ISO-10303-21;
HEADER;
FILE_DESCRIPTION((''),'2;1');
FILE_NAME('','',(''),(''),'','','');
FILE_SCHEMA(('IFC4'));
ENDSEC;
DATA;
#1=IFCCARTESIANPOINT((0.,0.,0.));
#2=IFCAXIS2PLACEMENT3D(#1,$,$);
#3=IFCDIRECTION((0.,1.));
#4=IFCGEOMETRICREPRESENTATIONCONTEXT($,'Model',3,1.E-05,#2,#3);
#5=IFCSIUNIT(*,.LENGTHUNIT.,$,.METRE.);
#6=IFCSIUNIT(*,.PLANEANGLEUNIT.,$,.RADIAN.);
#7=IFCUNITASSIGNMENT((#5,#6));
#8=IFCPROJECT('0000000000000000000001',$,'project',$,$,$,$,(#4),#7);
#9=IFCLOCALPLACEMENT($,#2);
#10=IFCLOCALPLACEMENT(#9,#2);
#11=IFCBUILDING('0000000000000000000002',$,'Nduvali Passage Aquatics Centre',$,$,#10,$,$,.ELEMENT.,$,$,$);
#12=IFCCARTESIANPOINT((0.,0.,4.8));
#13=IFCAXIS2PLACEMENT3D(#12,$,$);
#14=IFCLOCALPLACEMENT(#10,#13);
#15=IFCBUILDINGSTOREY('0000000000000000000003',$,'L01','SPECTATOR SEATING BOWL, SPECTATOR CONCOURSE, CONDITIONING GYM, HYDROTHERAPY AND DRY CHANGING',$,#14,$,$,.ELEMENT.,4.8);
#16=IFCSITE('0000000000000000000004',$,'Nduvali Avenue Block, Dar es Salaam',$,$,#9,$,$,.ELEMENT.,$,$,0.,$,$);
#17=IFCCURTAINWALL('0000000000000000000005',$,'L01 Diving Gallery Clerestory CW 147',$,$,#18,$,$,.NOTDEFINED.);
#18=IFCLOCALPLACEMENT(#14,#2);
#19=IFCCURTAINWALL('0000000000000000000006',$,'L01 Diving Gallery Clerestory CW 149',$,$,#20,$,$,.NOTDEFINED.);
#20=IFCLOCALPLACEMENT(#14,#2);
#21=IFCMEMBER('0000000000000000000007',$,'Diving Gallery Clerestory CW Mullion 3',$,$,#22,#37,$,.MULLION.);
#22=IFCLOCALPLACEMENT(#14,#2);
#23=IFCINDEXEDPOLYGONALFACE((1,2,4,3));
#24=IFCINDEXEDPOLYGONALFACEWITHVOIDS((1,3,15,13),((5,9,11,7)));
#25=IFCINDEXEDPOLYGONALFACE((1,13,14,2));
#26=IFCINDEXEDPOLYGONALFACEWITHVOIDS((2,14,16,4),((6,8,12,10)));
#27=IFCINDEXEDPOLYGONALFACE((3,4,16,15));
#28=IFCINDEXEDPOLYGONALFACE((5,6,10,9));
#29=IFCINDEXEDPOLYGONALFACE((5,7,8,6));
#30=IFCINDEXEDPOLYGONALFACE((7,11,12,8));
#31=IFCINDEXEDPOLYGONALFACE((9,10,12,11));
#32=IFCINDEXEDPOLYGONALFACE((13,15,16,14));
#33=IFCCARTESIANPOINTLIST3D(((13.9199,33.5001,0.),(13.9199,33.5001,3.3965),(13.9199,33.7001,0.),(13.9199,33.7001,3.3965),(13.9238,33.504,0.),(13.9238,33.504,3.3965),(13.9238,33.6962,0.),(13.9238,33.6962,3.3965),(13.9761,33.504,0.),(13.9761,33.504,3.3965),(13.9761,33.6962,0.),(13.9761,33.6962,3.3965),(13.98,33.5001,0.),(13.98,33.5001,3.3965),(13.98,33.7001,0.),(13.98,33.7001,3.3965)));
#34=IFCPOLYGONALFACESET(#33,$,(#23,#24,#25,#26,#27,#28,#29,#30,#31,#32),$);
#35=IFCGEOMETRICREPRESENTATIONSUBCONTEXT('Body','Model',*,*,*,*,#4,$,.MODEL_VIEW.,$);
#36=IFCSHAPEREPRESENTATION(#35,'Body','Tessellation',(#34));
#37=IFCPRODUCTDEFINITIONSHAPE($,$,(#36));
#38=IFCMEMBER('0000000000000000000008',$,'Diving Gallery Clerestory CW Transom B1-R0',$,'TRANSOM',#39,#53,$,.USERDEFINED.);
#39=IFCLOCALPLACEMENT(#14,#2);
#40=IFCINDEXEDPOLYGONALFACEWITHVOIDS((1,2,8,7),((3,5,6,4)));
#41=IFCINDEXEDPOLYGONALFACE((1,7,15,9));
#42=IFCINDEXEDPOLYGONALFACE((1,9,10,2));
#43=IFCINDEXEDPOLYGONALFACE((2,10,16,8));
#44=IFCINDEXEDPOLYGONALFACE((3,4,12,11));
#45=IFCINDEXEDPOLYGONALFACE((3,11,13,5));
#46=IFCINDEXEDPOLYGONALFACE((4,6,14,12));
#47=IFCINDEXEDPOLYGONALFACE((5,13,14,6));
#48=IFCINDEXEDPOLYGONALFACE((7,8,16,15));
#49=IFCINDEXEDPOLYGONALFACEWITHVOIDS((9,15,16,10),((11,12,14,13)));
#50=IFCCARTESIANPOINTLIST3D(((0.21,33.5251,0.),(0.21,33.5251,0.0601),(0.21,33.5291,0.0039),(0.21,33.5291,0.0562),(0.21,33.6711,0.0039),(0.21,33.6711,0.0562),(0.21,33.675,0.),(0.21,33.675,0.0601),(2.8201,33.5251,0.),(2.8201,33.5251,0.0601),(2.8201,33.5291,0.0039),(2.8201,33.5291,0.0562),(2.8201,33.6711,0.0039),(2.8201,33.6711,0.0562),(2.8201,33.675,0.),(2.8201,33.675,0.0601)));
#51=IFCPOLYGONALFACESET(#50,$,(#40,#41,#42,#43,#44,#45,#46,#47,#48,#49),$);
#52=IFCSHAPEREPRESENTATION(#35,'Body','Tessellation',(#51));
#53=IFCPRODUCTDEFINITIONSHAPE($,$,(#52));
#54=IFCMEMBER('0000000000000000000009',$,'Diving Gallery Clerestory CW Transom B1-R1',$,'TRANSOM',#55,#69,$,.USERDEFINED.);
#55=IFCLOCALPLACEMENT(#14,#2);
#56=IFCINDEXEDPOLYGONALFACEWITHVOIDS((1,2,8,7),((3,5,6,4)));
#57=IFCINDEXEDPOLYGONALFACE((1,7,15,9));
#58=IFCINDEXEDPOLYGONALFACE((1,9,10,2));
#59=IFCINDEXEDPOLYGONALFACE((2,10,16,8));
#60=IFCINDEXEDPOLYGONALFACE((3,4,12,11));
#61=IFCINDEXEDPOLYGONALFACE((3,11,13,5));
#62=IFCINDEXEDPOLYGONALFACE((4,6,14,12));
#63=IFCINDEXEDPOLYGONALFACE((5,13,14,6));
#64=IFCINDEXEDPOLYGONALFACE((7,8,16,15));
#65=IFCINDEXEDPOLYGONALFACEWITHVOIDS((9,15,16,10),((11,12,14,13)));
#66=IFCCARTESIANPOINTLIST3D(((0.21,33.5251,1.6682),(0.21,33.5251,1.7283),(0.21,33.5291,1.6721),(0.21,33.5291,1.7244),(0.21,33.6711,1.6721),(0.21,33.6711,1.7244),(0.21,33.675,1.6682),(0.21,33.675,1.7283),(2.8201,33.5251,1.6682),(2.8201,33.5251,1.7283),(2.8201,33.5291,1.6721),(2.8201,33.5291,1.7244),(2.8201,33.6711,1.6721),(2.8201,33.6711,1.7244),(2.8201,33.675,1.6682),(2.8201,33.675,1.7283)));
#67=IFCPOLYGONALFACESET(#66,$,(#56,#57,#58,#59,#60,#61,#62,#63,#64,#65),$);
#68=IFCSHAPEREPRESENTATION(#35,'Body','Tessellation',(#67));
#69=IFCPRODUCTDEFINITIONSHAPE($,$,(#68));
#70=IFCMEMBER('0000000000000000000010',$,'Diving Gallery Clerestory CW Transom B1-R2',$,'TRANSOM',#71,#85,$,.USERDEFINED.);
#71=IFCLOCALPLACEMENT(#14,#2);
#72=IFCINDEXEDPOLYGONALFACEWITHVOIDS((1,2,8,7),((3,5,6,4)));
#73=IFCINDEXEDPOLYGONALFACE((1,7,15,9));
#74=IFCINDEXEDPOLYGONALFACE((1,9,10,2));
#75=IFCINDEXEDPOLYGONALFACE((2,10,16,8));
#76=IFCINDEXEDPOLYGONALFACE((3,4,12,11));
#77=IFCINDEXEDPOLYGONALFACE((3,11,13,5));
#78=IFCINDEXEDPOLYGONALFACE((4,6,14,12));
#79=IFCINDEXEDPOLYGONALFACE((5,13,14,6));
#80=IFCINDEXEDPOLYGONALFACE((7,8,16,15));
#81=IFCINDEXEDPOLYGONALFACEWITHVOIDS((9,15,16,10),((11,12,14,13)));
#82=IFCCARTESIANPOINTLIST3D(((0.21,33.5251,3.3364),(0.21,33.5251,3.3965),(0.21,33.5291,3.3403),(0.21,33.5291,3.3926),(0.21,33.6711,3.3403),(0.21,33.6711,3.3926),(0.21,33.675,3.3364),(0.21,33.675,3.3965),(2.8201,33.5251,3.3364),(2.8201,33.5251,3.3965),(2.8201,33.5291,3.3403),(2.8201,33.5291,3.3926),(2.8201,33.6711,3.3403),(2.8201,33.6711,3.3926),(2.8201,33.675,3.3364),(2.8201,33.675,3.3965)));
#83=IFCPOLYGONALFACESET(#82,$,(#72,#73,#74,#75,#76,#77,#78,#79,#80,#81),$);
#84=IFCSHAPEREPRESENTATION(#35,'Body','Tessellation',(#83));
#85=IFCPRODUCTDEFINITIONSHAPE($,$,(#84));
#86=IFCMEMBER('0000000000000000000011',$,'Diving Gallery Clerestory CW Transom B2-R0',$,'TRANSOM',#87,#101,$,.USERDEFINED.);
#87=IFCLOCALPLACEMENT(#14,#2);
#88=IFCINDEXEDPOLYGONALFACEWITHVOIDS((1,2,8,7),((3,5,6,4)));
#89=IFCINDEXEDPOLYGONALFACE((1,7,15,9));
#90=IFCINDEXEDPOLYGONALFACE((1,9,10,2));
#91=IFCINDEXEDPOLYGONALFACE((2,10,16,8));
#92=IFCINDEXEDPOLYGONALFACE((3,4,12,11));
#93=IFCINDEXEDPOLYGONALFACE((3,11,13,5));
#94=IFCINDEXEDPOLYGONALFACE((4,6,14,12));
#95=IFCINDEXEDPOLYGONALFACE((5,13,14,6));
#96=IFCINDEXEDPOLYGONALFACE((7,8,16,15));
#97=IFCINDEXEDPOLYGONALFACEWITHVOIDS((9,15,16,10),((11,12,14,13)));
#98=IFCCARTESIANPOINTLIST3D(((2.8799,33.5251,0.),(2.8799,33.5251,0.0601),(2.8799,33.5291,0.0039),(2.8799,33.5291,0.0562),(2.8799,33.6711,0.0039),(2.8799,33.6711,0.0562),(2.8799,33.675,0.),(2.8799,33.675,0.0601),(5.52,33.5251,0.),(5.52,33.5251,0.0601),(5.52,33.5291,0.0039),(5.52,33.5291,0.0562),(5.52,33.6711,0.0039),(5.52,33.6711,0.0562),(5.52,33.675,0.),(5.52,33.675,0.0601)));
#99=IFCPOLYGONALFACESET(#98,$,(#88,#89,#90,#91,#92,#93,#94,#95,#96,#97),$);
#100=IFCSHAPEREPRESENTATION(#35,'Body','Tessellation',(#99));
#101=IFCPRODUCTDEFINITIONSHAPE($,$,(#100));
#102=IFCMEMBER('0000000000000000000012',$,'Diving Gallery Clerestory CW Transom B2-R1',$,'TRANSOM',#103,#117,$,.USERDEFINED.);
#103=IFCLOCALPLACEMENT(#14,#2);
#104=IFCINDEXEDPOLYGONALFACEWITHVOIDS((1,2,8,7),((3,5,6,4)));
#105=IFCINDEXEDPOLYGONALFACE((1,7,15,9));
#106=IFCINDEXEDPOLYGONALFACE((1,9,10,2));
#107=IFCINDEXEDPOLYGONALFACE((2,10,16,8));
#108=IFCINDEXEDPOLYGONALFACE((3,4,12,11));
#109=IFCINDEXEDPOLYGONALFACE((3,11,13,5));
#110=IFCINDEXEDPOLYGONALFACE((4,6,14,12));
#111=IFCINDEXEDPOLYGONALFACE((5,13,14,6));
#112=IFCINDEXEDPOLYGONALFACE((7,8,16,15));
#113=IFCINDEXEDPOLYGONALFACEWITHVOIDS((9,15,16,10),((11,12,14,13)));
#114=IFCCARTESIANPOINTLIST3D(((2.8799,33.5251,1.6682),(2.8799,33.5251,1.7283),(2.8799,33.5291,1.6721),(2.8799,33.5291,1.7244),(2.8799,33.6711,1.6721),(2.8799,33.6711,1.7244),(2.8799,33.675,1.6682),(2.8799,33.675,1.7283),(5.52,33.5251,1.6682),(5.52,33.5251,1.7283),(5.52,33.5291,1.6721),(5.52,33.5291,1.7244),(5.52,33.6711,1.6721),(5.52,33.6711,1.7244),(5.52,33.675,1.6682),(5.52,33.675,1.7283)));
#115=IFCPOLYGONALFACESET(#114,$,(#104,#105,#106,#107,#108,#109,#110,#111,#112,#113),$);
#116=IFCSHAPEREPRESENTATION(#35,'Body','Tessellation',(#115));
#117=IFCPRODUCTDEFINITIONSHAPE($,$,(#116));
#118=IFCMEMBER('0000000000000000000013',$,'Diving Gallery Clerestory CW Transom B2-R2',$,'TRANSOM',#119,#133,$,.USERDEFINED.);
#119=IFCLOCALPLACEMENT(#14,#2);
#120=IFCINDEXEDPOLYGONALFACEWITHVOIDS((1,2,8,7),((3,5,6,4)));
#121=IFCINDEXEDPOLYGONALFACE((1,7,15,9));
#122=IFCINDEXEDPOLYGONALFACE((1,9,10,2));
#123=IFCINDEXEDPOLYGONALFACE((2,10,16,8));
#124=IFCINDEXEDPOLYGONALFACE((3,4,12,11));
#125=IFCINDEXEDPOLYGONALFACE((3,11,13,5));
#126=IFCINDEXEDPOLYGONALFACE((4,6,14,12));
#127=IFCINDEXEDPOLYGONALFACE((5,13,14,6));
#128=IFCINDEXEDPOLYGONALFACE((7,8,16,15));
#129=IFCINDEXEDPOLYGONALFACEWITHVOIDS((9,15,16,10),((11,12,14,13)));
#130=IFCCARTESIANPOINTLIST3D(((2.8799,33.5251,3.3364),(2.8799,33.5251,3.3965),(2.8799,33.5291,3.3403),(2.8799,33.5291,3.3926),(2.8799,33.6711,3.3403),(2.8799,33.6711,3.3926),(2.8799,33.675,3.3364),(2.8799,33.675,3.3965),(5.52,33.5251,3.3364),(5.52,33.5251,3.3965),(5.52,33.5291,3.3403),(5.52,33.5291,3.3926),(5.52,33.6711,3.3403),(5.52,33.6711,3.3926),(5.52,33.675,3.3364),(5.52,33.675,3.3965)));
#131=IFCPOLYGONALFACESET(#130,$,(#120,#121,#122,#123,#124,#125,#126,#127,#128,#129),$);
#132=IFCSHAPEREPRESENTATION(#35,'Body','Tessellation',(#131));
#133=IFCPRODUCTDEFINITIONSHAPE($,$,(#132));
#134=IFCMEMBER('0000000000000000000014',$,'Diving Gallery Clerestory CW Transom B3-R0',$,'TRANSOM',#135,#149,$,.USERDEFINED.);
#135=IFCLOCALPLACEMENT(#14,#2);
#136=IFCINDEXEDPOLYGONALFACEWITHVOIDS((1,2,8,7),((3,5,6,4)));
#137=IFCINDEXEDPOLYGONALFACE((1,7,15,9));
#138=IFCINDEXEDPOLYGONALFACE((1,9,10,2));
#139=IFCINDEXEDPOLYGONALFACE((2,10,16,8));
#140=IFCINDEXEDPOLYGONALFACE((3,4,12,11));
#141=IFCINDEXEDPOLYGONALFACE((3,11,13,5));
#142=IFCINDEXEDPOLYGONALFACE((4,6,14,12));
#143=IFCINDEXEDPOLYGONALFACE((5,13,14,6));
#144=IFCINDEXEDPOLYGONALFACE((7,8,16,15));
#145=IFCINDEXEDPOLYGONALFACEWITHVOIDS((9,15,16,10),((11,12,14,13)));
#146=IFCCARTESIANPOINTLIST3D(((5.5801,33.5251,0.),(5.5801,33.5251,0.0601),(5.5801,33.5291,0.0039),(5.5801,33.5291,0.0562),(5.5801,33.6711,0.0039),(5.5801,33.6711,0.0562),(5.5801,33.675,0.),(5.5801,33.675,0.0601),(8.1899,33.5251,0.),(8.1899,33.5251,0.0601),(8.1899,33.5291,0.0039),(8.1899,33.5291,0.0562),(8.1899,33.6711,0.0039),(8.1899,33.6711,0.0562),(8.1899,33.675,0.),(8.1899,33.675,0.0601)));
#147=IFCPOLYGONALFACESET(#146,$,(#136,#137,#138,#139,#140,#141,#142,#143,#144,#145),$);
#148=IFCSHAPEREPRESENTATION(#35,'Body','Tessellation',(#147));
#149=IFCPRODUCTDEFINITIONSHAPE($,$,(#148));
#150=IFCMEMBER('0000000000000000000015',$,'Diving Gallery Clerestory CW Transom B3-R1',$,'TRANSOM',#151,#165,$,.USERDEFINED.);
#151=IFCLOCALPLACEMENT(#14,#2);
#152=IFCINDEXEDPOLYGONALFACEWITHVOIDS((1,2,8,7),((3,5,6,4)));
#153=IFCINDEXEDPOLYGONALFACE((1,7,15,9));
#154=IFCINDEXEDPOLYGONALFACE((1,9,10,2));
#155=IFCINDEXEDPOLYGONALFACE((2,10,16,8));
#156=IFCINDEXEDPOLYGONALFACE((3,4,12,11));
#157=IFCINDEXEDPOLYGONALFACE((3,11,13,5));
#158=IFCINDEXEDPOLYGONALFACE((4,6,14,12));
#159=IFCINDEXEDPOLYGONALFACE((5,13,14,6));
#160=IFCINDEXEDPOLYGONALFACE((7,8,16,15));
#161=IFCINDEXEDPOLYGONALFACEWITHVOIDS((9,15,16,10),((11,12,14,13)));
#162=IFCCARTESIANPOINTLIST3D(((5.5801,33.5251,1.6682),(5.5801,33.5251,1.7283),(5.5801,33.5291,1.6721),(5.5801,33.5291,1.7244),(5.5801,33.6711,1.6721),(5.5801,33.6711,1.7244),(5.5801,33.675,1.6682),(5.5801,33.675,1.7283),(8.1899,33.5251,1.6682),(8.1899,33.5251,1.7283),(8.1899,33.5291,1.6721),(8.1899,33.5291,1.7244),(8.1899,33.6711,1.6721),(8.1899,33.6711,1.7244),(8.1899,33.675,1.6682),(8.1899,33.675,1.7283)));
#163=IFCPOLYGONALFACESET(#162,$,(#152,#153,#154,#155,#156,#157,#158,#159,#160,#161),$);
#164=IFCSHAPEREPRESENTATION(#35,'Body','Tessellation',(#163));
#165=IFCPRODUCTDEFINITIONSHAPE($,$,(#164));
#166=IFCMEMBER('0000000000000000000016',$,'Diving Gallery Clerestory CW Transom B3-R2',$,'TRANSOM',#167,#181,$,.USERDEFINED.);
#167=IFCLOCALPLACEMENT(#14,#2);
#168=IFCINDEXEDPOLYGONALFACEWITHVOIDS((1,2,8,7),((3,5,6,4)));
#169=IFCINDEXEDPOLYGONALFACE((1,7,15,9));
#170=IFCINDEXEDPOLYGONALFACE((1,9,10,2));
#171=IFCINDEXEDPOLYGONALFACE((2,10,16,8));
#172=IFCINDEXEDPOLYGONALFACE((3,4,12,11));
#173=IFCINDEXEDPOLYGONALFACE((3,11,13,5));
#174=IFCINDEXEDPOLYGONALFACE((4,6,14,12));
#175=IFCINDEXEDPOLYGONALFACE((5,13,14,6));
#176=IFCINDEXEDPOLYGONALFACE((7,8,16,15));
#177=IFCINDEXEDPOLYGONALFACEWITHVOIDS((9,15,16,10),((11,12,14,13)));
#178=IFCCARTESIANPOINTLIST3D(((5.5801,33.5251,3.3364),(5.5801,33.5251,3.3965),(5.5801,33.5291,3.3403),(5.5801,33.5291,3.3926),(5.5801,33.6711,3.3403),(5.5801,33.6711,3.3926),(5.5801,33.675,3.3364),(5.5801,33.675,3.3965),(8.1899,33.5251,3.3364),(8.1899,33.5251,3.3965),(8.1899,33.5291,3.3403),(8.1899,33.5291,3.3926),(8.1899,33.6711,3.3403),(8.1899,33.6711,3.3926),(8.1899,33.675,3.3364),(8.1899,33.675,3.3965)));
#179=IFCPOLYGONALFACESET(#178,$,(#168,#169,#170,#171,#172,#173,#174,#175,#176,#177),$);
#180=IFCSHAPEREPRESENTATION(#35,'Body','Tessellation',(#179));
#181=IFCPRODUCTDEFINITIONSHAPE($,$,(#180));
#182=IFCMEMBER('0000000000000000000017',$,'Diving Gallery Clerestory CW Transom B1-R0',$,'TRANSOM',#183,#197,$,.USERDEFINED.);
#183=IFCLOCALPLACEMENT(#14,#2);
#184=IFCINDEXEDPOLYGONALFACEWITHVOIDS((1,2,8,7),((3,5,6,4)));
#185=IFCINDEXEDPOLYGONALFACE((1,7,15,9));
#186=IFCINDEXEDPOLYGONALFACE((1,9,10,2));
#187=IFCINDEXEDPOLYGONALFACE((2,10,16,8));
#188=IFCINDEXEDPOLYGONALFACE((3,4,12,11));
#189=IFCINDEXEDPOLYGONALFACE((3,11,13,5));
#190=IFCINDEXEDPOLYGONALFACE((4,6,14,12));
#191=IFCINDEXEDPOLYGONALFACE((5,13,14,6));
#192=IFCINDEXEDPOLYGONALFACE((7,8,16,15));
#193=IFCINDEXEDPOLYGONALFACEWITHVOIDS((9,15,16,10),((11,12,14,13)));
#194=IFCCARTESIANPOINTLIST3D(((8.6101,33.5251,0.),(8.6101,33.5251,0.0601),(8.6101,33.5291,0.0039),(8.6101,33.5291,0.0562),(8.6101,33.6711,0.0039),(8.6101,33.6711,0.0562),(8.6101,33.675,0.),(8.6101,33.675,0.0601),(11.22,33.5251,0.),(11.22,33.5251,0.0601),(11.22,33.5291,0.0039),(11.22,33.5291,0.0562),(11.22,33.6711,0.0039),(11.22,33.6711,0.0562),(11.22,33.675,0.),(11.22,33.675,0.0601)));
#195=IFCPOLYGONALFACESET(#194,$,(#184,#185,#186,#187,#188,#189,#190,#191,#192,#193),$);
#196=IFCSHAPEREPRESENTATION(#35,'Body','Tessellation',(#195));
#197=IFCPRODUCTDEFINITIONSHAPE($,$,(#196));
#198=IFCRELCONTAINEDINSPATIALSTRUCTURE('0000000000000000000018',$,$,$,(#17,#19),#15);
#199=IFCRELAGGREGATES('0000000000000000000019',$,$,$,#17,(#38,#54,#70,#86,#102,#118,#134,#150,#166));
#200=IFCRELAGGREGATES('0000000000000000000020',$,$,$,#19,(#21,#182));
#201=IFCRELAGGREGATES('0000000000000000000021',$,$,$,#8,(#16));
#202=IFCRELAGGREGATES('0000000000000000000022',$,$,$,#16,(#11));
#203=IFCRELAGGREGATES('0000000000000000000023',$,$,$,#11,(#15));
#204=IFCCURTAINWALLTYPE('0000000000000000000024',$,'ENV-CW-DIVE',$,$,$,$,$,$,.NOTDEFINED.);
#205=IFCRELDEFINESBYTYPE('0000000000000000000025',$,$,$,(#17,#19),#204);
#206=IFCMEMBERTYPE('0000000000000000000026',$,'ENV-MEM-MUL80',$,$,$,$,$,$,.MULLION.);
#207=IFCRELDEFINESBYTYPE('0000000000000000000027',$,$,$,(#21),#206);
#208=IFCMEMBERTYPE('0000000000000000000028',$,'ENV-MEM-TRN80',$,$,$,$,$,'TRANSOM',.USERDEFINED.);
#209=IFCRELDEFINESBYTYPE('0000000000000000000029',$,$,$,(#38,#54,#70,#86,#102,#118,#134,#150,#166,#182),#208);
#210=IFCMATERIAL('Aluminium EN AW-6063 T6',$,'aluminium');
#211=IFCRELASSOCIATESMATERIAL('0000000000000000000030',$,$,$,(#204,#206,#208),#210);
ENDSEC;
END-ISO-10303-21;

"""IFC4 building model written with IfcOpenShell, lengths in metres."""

from ifc_helpers import new_model, si_unit, direction, frame, origin, origin_2d, place, context, subcontext, project, spatial, hollow_rectangle, extrude, material, material_profile, profile_set, type_object, element, aggregate, save


model = new_model("IFC4")

# Units and contexts
model_context = context("Model", 3, precision=1e-05, world=origin(), true_north=direction((0.0, 1.0)))
body_context = subcontext(model_context, "Body", "Model", "MODEL_VIEW")
ifc_project = project(units=[si_unit("LENGTHUNIT", "METRE"), si_unit("PLANEANGLEUNIT", "RADIAN")], contexts=[model_context])

# Site, building, storey
site_placement = place(None, origin())
site = spatial("IfcSite", under=ifc_project, at=site_placement, Name="Nduvali Avenue Block, Dar es Salaam", CompositionType="ELEMENT", RefElevation=0.0)
building_placement = place(site_placement, origin())
building = spatial("IfcBuilding", under=site, at=building_placement, Name="Nduvali Passage Aquatics Centre", CompositionType="ELEMENT")
storey_placement = place(building_placement, frame((0.0, 0.0, 4.8)))
storey = spatial("IfcBuildingStorey", under=building, at=storey_placement, Name="L01", Description="SPECTATOR SEATING BOWL, SPECTATOR CONCOURSE, CONDITIONING GYM, HYDROTHERAPY AND DRY CHANGING", CompositionType="ELEMENT", Elevation=4.8)

# Curtain walls, member
ifc_material_1 = material(Name="Aluminium EN AW-6063 T6", Category="aluminium")
curtain_wall_type = type_object("IfcCurtainWallType", Name="ENV-CW-DIVE", PredefinedType="NOTDEFINED", material=ifc_material_1)
curtain_wall_1_placement = place(storey_placement, origin())
curtain_wall_1 = element("IfcCurtainWall", 1, at=curtain_wall_1_placement, inside=storey, type_object=curtain_wall_type, Name="L01 Diving Gallery Clerestory CW 147", PredefinedType="NOTDEFINED")
ifc_material_profile_1 = material_profile(ifc_material_1, hollow_rectangle(XDim=0.0601, YDim=0.2, WallThickness=0.0039, at=origin_2d()), Name="ALU MULLION 60x200x4")
ifc_profile_set_1 = profile_set([ifc_material_profile_1], Name="Aluminium EN AW-6063 T6")
member_type_1 = type_object("IfcMemberType", Name="ENV-MEM-MUL80", PredefinedType="MULLION", material=ifc_profile_set_1)
curtain_wall_2_placement = place(storey_placement, origin())
curtain_wall_2 = element("IfcCurtainWall", 2, at=curtain_wall_2_placement, inside=storey, type_object=curtain_wall_type, Name="L01 Diving Gallery Clerestory CW 149", PredefinedType="NOTDEFINED")
member_1_placement = place(storey_placement, frame((13.95, 33.6001, 0.0), z_axis=(0.0, 0.0, 1.0), x_axis=(1.0, 0.0, 0.0)))
member_1 = element("IfcMember", 3, at=member_1_placement, type_object=member_type_1, Name="Diving Gallery Clerestory CW Mullion 3", PredefinedType="MULLION", context=body_context, shape_type="SweptSolid", body=[
    extrude(hollow_rectangle(XDim=0.0601, YDim=0.2, WallThickness=0.0039, at=origin_2d()), origin(), (0.0, 0.0, 1.0), 3.3965),
])

# Members
ifc_material_profile_2 = material_profile(ifc_material_1, hollow_rectangle(XDim=0.1499, YDim=0.0601, WallThickness=0.0039, at=origin_2d()), Name="ALU TRANSOM 150x60x4")
ifc_profile_set_2 = profile_set([ifc_material_profile_2], Name="Aluminium EN AW-6063 T6")
member_type_2 = type_object("IfcMemberType", Name="ENV-MEM-TRN80", ElementType="TRANSOM", PredefinedType="USERDEFINED", material=ifc_profile_set_2)
member_2_placement = place(storey_placement, frame((0.21, 33.6001, 0.03), z_axis=(1.0, 0.0, 0.0), x_axis=(0.0, 1.0, 0.0)))
member_2 = element("IfcMember", 4, at=member_2_placement, type_object=member_type_2, Name="Diving Gallery Clerestory CW Transom B1-R0", ObjectType="TRANSOM", PredefinedType="USERDEFINED", context=body_context, shape_type="SweptSolid", body=[
    extrude(hollow_rectangle(XDim=0.1499, YDim=0.0601, WallThickness=0.0039, at=origin_2d()), origin(), (0.0, 0.0, 1.0), 2.6101),
])
member_3_placement = place(storey_placement, frame((0.21, 33.6001, 1.6982), z_axis=(1.0, 0.0, 0.0), x_axis=(0.0, 1.0, 0.0)))
member_3 = element("IfcMember", 5, at=member_3_placement, type_object=member_type_2, Name="Diving Gallery Clerestory CW Transom B1-R1", ObjectType="TRANSOM", PredefinedType="USERDEFINED", context=body_context, shape_type="SweptSolid", body=[
    extrude(hollow_rectangle(XDim=0.1499, YDim=0.0601, WallThickness=0.0039, at=origin_2d()), origin(), (0.0, 0.0, 1.0), 2.6101),
])
member_4_placement = place(storey_placement, frame((0.21, 33.6001, 3.3665), z_axis=(1.0, 0.0, 0.0), x_axis=(0.0, 1.0, 0.0)))
member_4 = element("IfcMember", 6, at=member_4_placement, type_object=member_type_2, Name="Diving Gallery Clerestory CW Transom B1-R2", ObjectType="TRANSOM", PredefinedType="USERDEFINED", context=body_context, shape_type="SweptSolid", body=[
    extrude(hollow_rectangle(XDim=0.1499, YDim=0.0601, WallThickness=0.0039, at=origin_2d()), origin(), (0.0, 0.0, 1.0), 2.6101),
])
member_5_placement = place(storey_placement, frame((2.8799, 33.6001, 0.03), z_axis=(1.0, 0.0, 0.0), x_axis=(0.0, 1.0, 0.0)))
member_5 = element("IfcMember", 7, at=member_5_placement, type_object=member_type_2, Name="Diving Gallery Clerestory CW Transom B2-R0", ObjectType="TRANSOM", PredefinedType="USERDEFINED", context=body_context, shape_type="SweptSolid", body=[
    extrude(hollow_rectangle(XDim=0.1499, YDim=0.0601, WallThickness=0.0039, at=origin_2d()), origin(), (0.0, 0.0, 1.0), 2.6401),
])
member_6_placement = place(storey_placement, frame((2.8799, 33.6001, 1.6982), z_axis=(1.0, 0.0, 0.0), x_axis=(0.0, 1.0, 0.0)))
member_6 = element("IfcMember", 8, at=member_6_placement, type_object=member_type_2, Name="Diving Gallery Clerestory CW Transom B2-R1", ObjectType="TRANSOM", PredefinedType="USERDEFINED", context=body_context, shape_type="SweptSolid", body=[
    extrude(hollow_rectangle(XDim=0.1499, YDim=0.0601, WallThickness=0.0039, at=origin_2d()), origin(), (0.0, 0.0, 1.0), 2.6401),
])
member_7_placement = place(storey_placement, frame((2.8799, 33.6001, 3.3665), z_axis=(1.0, 0.0, 0.0), x_axis=(0.0, 1.0, 0.0)))
member_7 = element("IfcMember", 9, at=member_7_placement, type_object=member_type_2, Name="Diving Gallery Clerestory CW Transom B2-R2", ObjectType="TRANSOM", PredefinedType="USERDEFINED", context=body_context, shape_type="SweptSolid", body=[
    extrude(hollow_rectangle(XDim=0.1499, YDim=0.0601, WallThickness=0.0039, at=origin_2d()), origin(), (0.0, 0.0, 1.0), 2.6401),
])
member_8_placement = place(storey_placement, frame((5.5801, 33.6001, 0.03), z_axis=(1.0, 0.0, 0.0), x_axis=(0.0, 1.0, 0.0)))
member_8 = element("IfcMember", 10, at=member_8_placement, type_object=member_type_2, Name="Diving Gallery Clerestory CW Transom B3-R0", ObjectType="TRANSOM", PredefinedType="USERDEFINED", context=body_context, shape_type="SweptSolid", body=[
    extrude(hollow_rectangle(XDim=0.1499, YDim=0.0601, WallThickness=0.0039, at=origin_2d()), origin(), (0.0, 0.0, 1.0), 2.6099),
])
member_9_placement = place(storey_placement, frame((5.5801, 33.6001, 1.6982), z_axis=(1.0, 0.0, 0.0), x_axis=(0.0, 1.0, 0.0)))
member_9 = element("IfcMember", 11, at=member_9_placement, type_object=member_type_2, Name="Diving Gallery Clerestory CW Transom B3-R1", ObjectType="TRANSOM", PredefinedType="USERDEFINED", context=body_context, shape_type="SweptSolid", body=[
    extrude(hollow_rectangle(XDim=0.1499, YDim=0.0601, WallThickness=0.0039, at=origin_2d()), origin(), (0.0, 0.0, 1.0), 2.6099),
])
member_10_placement = place(storey_placement, frame((5.5801, 33.6001, 3.3665), z_axis=(1.0, 0.0, 0.0), x_axis=(0.0, 1.0, 0.0)))
member_10 = element("IfcMember", 12, at=member_10_placement, type_object=member_type_2, Name="Diving Gallery Clerestory CW Transom B3-R2", ObjectType="TRANSOM", PredefinedType="USERDEFINED", context=body_context, shape_type="SweptSolid", body=[
    extrude(hollow_rectangle(XDim=0.1499, YDim=0.0601, WallThickness=0.0039, at=origin_2d()), origin(), (0.0, 0.0, 1.0), 2.6099),
])
member_11_placement = place(storey_placement, frame((8.6101, 33.6001, 0.03), z_axis=(1.0, 0.0, 0.0), x_axis=(0.0, 1.0, 0.0)))
member_11 = element("IfcMember", 13, at=member_11_placement, type_object=member_type_2, Name="Diving Gallery Clerestory CW Transom B1-R0", ObjectType="TRANSOM", PredefinedType="USERDEFINED", context=body_context, shape_type="SweptSolid", body=[
    extrude(hollow_rectangle(XDim=0.1499, YDim=0.0601, WallThickness=0.0039, at=origin_2d()), origin(), (0.0, 0.0, 1.0), 2.6099),
])

aggregate(curtain_wall_1, [member_2, member_3, member_4, member_5, member_6, member_7, member_8, member_9, member_10])
aggregate(curtain_wall_2, [member_1, member_11])

save(model, "model.ifc")
